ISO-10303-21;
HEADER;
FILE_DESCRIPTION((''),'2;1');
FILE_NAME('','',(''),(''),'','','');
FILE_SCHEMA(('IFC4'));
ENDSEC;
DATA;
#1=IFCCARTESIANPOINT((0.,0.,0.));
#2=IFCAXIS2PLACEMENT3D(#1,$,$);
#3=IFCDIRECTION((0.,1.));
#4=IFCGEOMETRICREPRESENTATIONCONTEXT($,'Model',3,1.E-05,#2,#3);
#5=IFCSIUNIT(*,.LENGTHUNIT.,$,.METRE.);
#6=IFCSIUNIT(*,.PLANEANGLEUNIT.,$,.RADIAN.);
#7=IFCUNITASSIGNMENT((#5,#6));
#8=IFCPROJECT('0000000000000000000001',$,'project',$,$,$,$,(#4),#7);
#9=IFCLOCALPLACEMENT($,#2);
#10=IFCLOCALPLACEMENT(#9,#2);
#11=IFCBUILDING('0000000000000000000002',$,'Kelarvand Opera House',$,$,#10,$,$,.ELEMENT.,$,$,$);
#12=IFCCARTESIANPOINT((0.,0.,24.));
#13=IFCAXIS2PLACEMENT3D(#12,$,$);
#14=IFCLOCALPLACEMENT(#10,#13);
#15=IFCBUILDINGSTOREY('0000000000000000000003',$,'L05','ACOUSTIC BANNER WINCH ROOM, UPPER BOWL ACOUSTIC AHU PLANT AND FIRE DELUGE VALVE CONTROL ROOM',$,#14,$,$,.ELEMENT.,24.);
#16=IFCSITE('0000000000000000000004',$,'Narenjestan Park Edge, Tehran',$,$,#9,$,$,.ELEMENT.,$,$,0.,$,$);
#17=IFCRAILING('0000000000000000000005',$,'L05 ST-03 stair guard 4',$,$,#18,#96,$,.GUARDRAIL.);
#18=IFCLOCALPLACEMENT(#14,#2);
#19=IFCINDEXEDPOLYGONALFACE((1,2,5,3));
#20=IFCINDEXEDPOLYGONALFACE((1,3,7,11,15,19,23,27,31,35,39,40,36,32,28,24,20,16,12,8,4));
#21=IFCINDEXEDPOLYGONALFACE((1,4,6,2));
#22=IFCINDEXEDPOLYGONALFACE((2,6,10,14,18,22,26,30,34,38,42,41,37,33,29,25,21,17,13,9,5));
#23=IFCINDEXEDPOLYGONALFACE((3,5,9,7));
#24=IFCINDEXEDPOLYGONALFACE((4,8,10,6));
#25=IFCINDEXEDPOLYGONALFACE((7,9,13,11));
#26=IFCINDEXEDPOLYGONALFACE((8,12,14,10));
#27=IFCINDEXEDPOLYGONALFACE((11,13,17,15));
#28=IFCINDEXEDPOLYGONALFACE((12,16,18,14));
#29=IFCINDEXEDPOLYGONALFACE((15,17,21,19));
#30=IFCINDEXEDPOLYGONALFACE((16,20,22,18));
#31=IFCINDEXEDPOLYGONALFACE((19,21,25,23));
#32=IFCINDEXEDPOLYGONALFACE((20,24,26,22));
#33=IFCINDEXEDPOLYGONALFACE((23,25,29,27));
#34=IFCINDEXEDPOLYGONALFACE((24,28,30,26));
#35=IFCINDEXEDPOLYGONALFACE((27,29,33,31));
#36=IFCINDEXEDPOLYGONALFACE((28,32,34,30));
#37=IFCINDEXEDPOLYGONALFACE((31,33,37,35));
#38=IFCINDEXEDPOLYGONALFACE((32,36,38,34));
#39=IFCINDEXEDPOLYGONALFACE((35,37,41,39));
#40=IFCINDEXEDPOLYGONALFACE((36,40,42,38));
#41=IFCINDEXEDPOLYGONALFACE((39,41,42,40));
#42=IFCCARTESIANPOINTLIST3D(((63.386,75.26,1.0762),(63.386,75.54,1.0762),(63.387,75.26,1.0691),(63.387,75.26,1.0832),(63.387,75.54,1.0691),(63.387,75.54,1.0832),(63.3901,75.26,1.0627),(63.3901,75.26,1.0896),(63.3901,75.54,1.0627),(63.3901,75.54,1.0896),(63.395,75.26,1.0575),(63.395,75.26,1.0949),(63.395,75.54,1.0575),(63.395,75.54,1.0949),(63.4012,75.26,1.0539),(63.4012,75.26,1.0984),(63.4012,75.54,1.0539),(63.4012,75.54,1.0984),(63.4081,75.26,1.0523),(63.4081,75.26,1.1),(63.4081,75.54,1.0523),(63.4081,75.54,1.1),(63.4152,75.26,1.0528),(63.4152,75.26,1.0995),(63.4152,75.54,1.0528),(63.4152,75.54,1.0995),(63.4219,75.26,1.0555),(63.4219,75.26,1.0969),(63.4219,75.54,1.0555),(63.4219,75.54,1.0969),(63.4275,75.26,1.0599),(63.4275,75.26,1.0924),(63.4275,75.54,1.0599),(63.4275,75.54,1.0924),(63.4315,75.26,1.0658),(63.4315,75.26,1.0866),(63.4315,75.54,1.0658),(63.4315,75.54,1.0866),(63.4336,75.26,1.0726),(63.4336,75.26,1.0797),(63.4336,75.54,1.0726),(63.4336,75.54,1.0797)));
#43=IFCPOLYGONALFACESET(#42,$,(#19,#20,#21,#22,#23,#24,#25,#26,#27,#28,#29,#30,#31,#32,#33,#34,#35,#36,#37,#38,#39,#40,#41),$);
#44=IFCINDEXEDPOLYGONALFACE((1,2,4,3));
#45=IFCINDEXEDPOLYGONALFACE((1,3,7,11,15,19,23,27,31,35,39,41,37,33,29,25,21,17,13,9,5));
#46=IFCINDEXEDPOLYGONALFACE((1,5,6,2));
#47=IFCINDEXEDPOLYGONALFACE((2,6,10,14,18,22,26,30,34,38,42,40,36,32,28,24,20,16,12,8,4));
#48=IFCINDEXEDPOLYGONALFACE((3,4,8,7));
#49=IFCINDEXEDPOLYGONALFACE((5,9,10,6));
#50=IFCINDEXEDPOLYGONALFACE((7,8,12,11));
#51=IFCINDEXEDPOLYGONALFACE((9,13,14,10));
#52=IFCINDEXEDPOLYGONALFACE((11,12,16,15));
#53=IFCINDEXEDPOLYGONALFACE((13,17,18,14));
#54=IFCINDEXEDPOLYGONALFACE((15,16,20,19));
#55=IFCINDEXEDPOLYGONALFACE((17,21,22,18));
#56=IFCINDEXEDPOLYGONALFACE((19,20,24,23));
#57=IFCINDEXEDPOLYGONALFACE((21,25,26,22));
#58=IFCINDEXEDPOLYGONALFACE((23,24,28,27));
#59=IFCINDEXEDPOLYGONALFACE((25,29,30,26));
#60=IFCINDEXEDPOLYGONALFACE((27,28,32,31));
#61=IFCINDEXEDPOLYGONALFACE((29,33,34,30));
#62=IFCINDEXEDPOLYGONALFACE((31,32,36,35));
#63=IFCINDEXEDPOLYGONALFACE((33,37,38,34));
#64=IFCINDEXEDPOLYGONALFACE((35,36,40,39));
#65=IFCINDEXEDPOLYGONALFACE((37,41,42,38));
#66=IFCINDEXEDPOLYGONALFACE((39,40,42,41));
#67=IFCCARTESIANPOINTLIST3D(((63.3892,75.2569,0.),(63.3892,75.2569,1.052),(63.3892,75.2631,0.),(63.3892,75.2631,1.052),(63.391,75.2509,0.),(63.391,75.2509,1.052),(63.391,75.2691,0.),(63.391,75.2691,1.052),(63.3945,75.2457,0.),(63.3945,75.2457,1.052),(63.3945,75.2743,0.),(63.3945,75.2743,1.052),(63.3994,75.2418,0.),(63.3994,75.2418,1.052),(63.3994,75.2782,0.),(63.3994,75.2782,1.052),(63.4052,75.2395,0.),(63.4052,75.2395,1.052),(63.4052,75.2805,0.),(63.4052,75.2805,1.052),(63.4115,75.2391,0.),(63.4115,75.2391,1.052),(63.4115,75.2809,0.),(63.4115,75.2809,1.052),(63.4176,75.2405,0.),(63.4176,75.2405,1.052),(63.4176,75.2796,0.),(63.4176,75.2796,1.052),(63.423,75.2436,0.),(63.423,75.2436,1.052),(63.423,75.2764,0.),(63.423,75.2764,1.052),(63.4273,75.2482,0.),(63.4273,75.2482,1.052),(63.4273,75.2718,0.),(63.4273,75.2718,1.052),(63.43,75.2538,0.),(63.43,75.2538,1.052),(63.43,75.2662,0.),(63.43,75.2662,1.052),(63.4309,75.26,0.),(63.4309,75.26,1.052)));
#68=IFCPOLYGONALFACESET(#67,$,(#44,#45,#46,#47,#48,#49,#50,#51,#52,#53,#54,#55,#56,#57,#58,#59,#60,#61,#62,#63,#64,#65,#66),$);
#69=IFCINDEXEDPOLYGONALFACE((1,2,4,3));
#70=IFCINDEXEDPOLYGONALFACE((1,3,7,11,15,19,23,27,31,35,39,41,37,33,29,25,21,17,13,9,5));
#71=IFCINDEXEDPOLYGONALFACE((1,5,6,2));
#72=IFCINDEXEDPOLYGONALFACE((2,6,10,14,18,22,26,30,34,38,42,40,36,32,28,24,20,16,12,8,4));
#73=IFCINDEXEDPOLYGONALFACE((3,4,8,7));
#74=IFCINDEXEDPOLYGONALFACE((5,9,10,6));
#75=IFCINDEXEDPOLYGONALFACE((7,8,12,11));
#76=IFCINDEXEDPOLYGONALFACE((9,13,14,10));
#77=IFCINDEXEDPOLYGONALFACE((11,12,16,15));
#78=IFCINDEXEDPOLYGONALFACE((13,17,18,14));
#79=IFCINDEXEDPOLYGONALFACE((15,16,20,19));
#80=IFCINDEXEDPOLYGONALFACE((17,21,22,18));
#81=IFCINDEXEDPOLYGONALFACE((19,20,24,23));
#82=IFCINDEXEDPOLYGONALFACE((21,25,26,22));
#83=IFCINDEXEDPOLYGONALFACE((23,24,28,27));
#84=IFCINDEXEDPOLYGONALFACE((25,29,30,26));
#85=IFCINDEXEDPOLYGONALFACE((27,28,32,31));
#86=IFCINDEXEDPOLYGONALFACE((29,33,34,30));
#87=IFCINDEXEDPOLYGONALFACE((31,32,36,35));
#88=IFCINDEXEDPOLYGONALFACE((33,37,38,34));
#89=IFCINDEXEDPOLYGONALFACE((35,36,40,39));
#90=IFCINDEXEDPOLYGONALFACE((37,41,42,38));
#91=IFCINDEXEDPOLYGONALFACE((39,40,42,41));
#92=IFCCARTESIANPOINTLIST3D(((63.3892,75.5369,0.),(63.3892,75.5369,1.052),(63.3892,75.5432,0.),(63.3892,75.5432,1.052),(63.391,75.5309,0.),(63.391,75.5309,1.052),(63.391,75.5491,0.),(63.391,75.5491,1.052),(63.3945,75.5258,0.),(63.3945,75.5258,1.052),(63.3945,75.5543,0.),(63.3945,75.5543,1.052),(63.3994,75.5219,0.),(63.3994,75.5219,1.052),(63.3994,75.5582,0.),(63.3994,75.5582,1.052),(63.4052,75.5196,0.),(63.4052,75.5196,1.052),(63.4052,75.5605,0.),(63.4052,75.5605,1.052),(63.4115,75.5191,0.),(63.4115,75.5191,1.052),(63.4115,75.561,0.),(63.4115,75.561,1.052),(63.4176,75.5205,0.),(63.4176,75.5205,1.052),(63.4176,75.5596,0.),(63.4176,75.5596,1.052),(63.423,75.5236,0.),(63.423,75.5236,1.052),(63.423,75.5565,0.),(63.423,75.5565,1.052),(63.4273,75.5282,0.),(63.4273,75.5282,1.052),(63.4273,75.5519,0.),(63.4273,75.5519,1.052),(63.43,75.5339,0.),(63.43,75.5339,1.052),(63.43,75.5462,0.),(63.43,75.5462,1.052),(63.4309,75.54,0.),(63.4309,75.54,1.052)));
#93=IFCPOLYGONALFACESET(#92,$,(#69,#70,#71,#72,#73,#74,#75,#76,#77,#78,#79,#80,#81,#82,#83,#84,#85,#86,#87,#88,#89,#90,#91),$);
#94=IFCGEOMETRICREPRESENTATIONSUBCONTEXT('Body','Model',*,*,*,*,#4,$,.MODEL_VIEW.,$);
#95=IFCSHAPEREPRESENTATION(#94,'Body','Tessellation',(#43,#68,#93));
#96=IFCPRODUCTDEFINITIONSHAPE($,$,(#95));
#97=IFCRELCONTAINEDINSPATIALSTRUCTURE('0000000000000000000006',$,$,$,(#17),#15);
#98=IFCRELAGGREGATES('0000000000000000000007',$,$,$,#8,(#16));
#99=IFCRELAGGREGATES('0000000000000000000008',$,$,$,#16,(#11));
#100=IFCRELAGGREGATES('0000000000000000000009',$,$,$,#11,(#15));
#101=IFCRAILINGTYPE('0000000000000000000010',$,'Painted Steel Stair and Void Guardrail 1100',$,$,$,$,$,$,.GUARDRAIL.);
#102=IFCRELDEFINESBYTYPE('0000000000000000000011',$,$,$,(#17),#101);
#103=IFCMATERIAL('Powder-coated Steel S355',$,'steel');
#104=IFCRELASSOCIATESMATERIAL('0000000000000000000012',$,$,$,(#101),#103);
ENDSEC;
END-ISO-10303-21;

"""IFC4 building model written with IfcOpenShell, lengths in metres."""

from ifc_helpers import new_model, si_unit, direction, frame, origin, origin_2d, place, context, subcontext, project, spatial, circle, extrude, material, type_object, element, save


model = new_model("IFC4")

# Units and contexts
model_context = context("Model", 3, precision=1e-05, world=origin(), true_north=direction((0.0, 1.0)))
body_context = subcontext(model_context, "Body", "Model", "MODEL_VIEW")
ifc_project = project(units=[si_unit("LENGTHUNIT", "METRE"), si_unit("PLANEANGLEUNIT", "RADIAN")], contexts=[model_context])

# Site, building, storey
site_placement = place(None, origin())
site = spatial("IfcSite", under=ifc_project, at=site_placement, Name="Narenjestan Park Edge, Tehran", CompositionType="ELEMENT", RefElevation=0.0)
building_placement = place(site_placement, origin())
building = spatial("IfcBuilding", under=site, at=building_placement, Name="Kelarvand Opera House", CompositionType="ELEMENT")
storey_placement = place(building_placement, frame((0.0, 0.0, 24.0)))
storey = spatial("IfcBuildingStorey", under=building, at=storey_placement, Name="L05", Description="ACOUSTIC BANNER WINCH ROOM, UPPER BOWL ACOUSTIC AHU PLANT AND FIRE DELUGE VALVE CONTROL ROOM", CompositionType="ELEMENT", Elevation=24.0)

# Railing
ifc_material_1 = material(Name="Powder-coated Steel S355", Category="steel")
railing_type_1 = type_object("IfcRailingType", Name="Painted Steel Stair and Void Guardrail 1100", PredefinedType="GUARDRAIL", material=ifc_material_1)
railing_1_placement = place(storey_placement, frame((63.4099, 75.26, 0.0)))
element("IfcRailing", 1, at=railing_1_placement, inside=storey, type_object=railing_type_1, Name="L05 ST-03 stair guard 4", PredefinedType="GUARDRAIL", context=body_context, shape_type="SweptSolid", body=[
    extrude(circle(Radius=0.0239, at=origin_2d()), frame((0.0, 0.0, 1.0762), z_axis=(0.0, 1.0, 0.0), x_axis=(-1.0, 0.0, 0.0)), (0.0, 0.0, 1.0), 0.28),
    extrude(circle(Radius=0.021, at=origin_2d()), origin(), (0.0, 0.0, 1.0), 1.052),
    extrude(circle(Radius=0.021, at=origin_2d()), frame((0.0, 0.28, 0.0)), (0.0, 0.0, 1.0), 1.052),
])

save(model, "model.ifc")
